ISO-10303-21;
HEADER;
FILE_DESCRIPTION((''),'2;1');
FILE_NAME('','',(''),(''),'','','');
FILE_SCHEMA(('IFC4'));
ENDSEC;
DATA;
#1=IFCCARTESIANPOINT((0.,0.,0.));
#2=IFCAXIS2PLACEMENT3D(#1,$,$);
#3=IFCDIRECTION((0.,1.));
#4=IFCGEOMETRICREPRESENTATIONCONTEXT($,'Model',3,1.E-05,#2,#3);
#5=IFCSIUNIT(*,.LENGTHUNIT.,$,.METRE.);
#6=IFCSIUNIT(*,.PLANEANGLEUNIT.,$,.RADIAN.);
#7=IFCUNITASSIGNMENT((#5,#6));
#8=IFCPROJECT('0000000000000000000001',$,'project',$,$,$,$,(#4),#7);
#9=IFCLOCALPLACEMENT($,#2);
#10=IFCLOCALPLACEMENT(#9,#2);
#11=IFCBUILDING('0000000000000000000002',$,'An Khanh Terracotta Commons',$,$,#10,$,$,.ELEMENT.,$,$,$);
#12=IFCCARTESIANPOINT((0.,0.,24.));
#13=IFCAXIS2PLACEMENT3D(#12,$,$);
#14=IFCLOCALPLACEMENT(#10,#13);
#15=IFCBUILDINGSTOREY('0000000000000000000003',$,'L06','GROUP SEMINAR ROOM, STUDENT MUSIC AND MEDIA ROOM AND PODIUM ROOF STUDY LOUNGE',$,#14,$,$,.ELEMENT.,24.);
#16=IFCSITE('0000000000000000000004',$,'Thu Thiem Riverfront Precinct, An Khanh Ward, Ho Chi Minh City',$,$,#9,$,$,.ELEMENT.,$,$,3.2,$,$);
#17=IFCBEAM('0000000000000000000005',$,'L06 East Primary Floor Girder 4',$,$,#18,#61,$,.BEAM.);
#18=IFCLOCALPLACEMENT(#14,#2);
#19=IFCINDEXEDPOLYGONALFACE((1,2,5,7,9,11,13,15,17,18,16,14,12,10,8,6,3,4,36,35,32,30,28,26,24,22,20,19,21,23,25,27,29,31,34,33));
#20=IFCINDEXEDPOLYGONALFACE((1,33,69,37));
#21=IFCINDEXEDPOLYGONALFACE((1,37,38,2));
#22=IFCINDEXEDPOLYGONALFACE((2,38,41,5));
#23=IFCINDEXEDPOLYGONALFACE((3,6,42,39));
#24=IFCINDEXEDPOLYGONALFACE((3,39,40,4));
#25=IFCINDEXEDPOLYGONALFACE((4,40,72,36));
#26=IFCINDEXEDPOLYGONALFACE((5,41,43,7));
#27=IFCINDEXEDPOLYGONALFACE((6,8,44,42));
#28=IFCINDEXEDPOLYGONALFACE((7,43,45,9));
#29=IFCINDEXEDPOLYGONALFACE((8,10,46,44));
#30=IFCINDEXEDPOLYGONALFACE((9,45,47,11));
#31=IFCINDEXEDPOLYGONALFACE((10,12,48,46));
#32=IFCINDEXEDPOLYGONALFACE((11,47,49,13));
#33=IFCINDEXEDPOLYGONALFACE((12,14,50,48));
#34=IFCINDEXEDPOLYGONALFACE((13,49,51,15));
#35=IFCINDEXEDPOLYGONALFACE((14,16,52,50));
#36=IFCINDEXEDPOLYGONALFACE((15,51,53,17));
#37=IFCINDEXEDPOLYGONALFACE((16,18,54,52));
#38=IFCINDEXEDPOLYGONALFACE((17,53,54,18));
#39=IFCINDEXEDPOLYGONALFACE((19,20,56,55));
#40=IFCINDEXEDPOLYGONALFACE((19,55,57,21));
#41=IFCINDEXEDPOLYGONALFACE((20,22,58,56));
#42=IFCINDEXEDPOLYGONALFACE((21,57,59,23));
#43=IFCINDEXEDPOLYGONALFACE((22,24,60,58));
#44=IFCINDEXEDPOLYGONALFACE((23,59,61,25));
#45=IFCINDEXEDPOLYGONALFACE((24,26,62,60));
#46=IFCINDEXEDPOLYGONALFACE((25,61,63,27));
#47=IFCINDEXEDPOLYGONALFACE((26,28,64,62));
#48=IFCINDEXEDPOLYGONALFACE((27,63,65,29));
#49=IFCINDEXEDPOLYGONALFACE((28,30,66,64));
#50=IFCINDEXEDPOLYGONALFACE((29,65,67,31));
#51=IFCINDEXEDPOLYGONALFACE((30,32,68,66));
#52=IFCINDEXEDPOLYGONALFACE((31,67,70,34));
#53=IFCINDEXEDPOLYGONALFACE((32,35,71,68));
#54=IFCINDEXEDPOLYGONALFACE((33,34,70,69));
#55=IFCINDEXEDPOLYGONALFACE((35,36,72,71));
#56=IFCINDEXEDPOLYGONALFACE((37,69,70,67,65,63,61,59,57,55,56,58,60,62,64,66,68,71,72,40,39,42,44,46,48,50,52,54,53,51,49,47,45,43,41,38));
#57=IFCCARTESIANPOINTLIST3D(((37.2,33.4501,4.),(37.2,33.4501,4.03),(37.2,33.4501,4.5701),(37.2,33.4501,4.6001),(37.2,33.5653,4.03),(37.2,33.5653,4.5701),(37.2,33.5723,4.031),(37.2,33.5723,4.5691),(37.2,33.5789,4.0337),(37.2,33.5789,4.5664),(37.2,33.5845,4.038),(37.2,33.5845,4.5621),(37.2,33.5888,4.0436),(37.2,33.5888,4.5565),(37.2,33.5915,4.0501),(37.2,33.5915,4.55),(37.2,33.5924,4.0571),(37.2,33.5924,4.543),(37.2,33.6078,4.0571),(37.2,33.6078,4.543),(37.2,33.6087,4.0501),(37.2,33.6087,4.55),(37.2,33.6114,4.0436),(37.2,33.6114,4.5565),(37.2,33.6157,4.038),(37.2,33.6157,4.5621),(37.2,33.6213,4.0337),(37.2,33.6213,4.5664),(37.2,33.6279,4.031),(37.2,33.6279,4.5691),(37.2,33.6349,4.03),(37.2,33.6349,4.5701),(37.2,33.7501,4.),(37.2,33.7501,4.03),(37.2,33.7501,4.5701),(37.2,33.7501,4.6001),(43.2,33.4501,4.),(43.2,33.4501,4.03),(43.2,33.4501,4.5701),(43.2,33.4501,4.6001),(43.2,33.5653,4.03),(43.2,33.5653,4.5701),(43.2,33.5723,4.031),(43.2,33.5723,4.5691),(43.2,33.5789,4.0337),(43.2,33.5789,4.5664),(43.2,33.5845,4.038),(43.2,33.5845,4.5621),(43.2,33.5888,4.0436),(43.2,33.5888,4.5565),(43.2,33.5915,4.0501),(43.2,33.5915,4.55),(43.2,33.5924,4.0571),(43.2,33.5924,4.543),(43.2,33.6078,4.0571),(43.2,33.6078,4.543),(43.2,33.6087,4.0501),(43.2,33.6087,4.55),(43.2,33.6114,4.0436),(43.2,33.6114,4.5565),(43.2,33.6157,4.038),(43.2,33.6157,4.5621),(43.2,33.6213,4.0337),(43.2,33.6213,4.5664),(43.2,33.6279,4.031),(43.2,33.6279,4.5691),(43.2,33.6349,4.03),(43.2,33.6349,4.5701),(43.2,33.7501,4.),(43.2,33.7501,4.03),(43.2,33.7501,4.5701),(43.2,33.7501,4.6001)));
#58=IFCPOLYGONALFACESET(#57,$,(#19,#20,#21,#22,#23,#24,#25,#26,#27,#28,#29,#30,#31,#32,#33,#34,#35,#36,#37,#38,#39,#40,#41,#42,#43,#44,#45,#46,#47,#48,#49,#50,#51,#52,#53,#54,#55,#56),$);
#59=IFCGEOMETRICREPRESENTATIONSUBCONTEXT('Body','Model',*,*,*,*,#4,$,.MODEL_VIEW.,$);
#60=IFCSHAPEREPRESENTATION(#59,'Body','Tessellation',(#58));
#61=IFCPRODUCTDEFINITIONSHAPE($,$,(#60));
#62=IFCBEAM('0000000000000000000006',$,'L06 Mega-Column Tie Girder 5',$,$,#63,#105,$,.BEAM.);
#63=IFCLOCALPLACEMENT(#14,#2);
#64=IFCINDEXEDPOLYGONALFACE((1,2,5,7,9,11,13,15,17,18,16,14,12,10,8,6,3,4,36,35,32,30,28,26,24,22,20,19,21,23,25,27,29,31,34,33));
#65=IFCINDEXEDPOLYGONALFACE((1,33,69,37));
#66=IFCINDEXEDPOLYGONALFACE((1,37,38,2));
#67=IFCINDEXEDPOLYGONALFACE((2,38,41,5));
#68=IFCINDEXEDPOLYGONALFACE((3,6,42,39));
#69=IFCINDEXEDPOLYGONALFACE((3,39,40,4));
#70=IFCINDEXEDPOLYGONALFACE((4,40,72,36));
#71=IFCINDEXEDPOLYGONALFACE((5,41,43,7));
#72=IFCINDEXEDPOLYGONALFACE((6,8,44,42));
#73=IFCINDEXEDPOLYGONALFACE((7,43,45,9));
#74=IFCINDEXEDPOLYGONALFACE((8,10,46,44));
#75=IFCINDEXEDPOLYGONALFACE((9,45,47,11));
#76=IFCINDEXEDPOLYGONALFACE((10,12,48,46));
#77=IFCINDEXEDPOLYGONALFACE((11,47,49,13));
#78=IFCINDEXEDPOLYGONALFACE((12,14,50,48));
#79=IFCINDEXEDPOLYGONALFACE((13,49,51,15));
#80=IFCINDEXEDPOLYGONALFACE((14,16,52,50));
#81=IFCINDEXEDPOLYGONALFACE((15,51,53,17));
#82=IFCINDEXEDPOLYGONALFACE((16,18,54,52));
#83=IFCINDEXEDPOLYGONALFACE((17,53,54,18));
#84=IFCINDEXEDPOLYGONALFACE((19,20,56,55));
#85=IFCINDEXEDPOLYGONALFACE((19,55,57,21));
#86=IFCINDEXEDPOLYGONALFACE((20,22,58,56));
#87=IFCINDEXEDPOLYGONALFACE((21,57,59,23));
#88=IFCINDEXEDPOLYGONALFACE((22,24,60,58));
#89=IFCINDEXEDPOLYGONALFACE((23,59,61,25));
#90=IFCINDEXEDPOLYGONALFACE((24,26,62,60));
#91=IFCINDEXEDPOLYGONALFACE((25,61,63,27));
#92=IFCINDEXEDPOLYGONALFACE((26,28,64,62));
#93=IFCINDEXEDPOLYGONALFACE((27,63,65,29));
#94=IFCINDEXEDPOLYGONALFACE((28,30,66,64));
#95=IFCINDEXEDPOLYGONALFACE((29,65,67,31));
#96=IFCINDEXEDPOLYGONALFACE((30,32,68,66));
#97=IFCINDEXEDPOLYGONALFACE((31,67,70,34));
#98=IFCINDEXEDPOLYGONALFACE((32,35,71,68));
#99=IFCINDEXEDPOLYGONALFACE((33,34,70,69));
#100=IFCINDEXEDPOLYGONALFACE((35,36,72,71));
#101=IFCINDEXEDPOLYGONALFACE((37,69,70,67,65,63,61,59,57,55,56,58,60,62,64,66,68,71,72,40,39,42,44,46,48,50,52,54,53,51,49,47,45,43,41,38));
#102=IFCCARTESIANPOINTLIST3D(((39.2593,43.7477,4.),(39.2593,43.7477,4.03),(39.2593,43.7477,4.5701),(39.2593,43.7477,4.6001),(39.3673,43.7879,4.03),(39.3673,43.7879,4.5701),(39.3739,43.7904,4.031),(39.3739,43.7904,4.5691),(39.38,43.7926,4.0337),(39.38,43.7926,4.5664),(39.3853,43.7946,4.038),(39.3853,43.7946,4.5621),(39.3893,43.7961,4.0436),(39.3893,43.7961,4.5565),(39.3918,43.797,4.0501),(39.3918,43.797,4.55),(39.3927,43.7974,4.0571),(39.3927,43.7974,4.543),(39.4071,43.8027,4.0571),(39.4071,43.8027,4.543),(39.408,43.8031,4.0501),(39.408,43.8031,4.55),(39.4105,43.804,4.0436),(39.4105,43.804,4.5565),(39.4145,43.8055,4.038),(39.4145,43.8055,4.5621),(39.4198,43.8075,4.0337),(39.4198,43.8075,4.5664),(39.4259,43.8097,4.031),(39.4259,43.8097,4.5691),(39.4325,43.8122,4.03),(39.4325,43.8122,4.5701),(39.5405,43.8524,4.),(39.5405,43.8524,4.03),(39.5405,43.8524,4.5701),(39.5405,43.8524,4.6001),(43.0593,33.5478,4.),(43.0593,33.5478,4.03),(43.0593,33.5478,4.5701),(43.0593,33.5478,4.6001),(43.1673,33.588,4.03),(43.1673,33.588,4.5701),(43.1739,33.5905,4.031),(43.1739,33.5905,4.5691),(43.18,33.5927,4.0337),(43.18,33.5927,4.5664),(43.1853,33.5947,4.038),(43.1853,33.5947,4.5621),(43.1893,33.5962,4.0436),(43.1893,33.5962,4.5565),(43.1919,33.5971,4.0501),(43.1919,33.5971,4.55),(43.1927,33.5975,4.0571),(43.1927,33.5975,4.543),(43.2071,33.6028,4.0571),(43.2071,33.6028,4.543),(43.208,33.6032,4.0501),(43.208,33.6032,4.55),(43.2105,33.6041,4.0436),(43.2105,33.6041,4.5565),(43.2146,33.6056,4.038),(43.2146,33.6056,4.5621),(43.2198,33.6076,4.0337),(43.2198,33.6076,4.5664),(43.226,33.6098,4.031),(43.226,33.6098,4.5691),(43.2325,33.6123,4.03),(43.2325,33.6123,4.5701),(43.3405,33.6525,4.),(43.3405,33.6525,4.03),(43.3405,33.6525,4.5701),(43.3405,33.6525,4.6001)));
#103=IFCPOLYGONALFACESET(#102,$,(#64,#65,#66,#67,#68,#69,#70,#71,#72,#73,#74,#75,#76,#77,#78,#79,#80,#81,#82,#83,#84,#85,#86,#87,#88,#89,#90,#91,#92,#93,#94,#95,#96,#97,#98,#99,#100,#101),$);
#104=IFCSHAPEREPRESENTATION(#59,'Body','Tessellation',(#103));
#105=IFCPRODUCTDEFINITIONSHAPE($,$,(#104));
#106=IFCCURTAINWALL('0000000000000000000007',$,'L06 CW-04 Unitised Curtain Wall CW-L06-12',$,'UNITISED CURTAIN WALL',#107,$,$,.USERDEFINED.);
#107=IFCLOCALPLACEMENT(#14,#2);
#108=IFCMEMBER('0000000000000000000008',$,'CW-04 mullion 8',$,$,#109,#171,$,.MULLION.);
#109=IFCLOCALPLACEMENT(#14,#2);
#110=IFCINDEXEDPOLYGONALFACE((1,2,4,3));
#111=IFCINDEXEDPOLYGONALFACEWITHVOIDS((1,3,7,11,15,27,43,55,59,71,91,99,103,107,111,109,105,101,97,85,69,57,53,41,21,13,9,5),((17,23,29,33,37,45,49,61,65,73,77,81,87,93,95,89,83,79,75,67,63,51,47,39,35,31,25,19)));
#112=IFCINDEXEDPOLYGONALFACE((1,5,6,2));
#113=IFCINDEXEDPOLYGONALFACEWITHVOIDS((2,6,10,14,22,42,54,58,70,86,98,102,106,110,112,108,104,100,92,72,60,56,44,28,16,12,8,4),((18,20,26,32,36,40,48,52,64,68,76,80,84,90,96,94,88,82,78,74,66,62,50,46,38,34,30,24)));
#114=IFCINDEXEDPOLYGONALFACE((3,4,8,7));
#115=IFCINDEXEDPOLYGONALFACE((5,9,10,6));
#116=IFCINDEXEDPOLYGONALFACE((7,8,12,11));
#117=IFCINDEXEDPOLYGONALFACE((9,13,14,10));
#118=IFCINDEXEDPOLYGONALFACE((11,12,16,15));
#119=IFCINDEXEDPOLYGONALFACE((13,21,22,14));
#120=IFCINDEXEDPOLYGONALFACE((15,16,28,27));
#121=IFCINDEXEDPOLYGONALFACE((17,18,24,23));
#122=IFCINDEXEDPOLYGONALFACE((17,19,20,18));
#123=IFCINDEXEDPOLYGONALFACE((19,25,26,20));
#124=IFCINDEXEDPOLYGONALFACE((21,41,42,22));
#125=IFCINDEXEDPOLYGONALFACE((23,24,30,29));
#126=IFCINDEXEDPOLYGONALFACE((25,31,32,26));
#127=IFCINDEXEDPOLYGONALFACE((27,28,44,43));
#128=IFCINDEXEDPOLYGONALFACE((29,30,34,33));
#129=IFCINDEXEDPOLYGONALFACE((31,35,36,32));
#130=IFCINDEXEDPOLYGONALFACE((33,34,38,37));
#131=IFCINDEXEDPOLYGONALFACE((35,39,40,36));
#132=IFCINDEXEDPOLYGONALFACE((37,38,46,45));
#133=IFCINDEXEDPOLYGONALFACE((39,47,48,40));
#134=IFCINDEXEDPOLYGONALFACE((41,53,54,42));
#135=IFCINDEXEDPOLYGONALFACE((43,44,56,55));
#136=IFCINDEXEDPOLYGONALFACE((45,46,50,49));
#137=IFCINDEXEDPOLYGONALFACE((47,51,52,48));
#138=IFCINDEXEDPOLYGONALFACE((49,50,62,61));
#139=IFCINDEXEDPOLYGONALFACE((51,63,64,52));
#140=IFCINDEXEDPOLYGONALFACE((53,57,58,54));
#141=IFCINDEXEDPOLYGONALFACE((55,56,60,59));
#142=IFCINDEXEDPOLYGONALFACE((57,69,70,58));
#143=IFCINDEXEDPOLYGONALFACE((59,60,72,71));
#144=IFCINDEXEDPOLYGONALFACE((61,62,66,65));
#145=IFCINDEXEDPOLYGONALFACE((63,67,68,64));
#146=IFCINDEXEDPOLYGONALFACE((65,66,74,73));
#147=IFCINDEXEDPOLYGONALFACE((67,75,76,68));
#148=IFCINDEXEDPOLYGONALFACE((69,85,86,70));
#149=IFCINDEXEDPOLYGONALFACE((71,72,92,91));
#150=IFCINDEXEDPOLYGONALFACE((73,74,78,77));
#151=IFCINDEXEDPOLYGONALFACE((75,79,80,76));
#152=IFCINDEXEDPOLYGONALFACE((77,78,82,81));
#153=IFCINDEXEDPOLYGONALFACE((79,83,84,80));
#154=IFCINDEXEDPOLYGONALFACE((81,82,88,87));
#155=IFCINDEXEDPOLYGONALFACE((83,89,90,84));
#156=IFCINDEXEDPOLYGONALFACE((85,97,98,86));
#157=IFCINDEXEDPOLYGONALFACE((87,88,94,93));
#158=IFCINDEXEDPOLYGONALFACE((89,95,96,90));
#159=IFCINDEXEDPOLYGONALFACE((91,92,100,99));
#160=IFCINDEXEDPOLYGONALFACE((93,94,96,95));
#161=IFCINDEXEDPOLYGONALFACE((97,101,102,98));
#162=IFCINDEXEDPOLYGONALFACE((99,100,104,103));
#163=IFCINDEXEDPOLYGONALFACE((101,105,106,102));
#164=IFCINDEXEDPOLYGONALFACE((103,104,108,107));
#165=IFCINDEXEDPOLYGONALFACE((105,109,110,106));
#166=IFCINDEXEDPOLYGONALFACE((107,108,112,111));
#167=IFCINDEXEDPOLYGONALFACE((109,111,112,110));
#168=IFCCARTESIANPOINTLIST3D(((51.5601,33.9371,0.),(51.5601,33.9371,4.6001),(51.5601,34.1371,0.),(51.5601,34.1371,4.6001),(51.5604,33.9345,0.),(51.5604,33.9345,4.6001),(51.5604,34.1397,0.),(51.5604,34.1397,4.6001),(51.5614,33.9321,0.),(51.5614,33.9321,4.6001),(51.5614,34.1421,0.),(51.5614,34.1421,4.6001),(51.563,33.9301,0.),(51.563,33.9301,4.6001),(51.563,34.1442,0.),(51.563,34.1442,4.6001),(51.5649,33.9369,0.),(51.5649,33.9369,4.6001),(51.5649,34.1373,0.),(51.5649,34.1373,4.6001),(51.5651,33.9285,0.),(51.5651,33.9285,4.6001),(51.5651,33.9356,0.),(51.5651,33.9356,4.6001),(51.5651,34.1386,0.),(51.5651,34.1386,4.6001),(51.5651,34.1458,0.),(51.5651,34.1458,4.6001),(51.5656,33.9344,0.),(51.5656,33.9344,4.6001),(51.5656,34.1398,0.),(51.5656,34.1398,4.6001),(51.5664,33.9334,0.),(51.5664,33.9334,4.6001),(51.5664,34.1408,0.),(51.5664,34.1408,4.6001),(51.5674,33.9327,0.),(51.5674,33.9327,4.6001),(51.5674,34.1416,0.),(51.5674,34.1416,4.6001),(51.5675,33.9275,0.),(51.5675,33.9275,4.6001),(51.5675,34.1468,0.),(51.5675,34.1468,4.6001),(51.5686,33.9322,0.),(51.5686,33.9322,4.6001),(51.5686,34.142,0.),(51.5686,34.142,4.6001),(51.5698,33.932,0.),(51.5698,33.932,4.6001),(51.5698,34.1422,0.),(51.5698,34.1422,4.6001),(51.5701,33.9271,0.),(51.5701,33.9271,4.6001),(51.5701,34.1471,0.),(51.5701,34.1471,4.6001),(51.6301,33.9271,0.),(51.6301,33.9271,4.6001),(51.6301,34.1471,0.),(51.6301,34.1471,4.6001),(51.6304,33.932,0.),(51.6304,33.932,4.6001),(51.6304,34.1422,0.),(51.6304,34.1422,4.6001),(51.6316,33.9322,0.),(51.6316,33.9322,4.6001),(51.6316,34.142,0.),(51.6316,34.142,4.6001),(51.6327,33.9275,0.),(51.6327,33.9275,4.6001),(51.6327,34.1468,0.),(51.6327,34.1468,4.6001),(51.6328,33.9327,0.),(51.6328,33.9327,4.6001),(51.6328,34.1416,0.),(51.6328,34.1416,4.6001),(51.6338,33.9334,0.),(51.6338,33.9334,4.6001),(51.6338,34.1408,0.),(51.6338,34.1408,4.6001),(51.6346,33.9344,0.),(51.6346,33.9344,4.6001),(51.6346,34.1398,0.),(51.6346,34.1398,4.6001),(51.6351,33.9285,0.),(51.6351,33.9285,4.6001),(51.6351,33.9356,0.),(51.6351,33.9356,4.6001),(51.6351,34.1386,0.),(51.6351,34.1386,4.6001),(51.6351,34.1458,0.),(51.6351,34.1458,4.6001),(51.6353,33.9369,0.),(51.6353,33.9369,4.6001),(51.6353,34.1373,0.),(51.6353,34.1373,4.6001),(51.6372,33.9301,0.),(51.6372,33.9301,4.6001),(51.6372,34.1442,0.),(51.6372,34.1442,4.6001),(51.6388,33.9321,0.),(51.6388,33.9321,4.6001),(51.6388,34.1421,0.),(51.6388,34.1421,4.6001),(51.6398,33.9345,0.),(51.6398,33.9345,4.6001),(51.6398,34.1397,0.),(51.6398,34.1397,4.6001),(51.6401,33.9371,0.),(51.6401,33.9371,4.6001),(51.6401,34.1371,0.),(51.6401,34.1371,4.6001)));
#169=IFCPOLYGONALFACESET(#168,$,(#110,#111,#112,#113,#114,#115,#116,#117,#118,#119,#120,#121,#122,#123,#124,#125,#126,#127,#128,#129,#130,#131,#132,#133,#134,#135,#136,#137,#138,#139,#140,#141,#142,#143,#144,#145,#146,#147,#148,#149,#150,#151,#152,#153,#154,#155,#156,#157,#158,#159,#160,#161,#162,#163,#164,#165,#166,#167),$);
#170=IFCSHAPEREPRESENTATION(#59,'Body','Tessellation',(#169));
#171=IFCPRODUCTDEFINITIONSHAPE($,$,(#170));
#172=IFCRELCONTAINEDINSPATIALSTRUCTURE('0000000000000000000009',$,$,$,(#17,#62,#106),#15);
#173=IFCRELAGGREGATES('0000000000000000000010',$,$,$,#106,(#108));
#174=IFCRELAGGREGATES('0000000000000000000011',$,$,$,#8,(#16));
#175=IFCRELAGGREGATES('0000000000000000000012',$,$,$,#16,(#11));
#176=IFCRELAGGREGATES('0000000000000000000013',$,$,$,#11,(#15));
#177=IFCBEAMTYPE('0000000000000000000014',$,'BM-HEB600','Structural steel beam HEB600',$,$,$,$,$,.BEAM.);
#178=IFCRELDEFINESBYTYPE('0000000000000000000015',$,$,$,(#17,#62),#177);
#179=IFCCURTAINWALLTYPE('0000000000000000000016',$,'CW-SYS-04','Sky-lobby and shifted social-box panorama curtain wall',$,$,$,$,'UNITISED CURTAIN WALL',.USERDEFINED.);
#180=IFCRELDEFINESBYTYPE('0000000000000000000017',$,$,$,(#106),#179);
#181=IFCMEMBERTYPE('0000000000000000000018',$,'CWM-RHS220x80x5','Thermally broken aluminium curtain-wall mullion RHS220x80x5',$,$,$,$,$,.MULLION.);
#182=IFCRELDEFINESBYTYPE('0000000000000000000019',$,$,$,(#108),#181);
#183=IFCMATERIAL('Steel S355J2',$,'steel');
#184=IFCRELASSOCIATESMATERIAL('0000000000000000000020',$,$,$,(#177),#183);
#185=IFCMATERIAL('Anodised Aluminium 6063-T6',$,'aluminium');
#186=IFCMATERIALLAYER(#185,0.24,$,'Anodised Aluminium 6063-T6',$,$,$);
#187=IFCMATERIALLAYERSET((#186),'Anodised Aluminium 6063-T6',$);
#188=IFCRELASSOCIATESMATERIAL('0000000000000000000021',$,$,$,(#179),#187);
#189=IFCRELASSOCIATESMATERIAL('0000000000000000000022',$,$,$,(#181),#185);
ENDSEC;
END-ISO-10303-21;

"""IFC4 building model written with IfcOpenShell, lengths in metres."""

from ifc_helpers import new_model, si_unit, direction, frame, origin, origin_2d, place, context, subcontext, project, spatial, hollow_rectangle, i_section, extrude, material, layer, layer_set, material_profile, profile_set, type_object, element, aggregate, save


model = new_model("IFC4")

# Units and contexts
model_context = context("Model", 3, precision=1e-05, world=origin(), true_north=direction((0.0, 1.0)))
body_context = subcontext(model_context, "Body", "Model", "MODEL_VIEW")
ifc_project = project(units=[si_unit("LENGTHUNIT", "METRE"), si_unit("PLANEANGLEUNIT", "RADIAN")], contexts=[model_context])

# Site, building, storey
site_placement = place(None, origin())
site = spatial("IfcSite", under=ifc_project, at=site_placement, Name="Thu Thiem Riverfront Precinct, An Khanh Ward, Ho Chi Minh City", CompositionType="ELEMENT", RefElevation=3.2)
building_placement = place(site_placement, origin())
building = spatial("IfcBuilding", under=site, at=building_placement, Name="An Khanh Terracotta Commons", CompositionType="ELEMENT")
storey_placement = place(building_placement, frame((0.0, 0.0, 24.0)))
storey = spatial("IfcBuildingStorey", under=building, at=storey_placement, Name="L06", Description="GROUP SEMINAR ROOM, STUDENT MUSIC AND MEDIA ROOM AND PODIUM ROOF STUDY LOUNGE", CompositionType="ELEMENT", Elevation=24.0)

# Beams
ifc_material_1 = material(Name="Steel S355J2", Category="steel")
ifc_material_profile_1 = material_profile(ifc_material_1, i_section(OverallWidth=0.3, OverallDepth=0.6001, WebThickness=0.0154, FlangeThickness=0.03, FilletRadius=0.0271, at=origin_2d()), Name="HEB600")
ifc_profile_set_1 = profile_set([ifc_material_profile_1], Name="Steel S355J2")
beam_type_1 = type_object("IfcBeamType", Name="BM-HEB600", Description="Structural steel beam HEB600", PredefinedType="BEAM", material=ifc_profile_set_1)
beam_1_placement = place(storey_placement, frame((37.2, 33.6001, 4.3), z_axis=(1.0, 0.0, 0.0), x_axis=(0.0, 1.0, 0.0)))
element("IfcBeam", 1, at=beam_1_placement, inside=storey, type_object=beam_type_1, Name="L06 East Primary Floor Girder 4", PredefinedType="BEAM", context=body_context, shape_type="SweptSolid", body=[
    extrude(i_section(OverallWidth=0.3, OverallDepth=0.6001, WebThickness=0.0154, FlangeThickness=0.03, FilletRadius=0.0271, at=origin_2d()), origin(), (0.0, 0.0, 1.0), 6.0),
])
beam_2_placement = place(storey_placement, frame((39.3999, 43.8, 4.3), z_axis=(0.349114, -0.93708, 0.0), x_axis=(0.93708, 0.349114, 0.0)))
element("IfcBeam", 2, at=beam_2_placement, inside=storey, type_object=beam_type_1, Name="L06 Mega-Column Tie Girder 5", PredefinedType="BEAM", context=body_context, shape_type="SweptSolid", body=[
    extrude(i_section(OverallWidth=0.3, OverallDepth=0.6001, WebThickness=0.0154, FlangeThickness=0.03, FilletRadius=0.0271, at=origin_2d()), origin(), (0.0, 0.0, 1.0), 10.8848),
])

# Curtain wall, member
ifc_material_2 = material(Name="Anodised Aluminium 6063-T6", Category="aluminium")
ifc_layer_1 = layer(ifc_material_2, 0.24, Name="Anodised Aluminium 6063-T6")
ifc_layer_set_1 = layer_set([ifc_layer_1], Name="Anodised Aluminium 6063-T6")
curtain_wall_type = type_object("IfcCurtainWallType", Name="CW-SYS-04", Description="Sky-lobby and shifted social-box panorama curtain wall", ElementType="UNITISED CURTAIN WALL", PredefinedType="USERDEFINED", material=ifc_layer_set_1)
curtain_wall_1_placement = place(storey_placement, origin())
curtain_wall_1 = element("IfcCurtainWall", 3, at=curtain_wall_1_placement, inside=storey, type_object=curtain_wall_type, Name="L06 CW-04 Unitised Curtain Wall CW-L06-12", ObjectType="UNITISED CURTAIN WALL", PredefinedType="USERDEFINED")
ifc_material_profile_2 = material_profile(ifc_material_2, hollow_rectangle(XDim=0.0801, YDim=0.22, WallThickness=0.0049, InnerFilletRadius=0.0049, OuterFilletRadius=0.01, at=origin_2d()), Name="RHS220x80x5")
ifc_profile_set_2 = profile_set([ifc_material_profile_2], Name="Anodised Aluminium 6063-T6")
member_type_1 = type_object("IfcMemberType", Name="CWM-RHS220x80x5", Description="Thermally broken aluminium curtain-wall mullion RHS220x80x5", PredefinedType="MULLION", material=ifc_profile_set_2)
member_1_placement = place(storey_placement, frame((51.6001, 34.0371, 0.0), z_axis=(0.0, 0.0, 1.0), x_axis=(-1.0, 0.0, 0.0)))
member_1 = element("IfcMember", 4, at=member_1_placement, type_object=member_type_1, Name="CW-04 mullion 8", PredefinedType="MULLION", context=body_context, shape_type="SweptSolid", body=[
    extrude(hollow_rectangle(XDim=0.0801, YDim=0.22, WallThickness=0.0049, InnerFilletRadius=0.0049, OuterFilletRadius=0.01, at=origin_2d()), origin(), (0.0, 0.0, 1.0), 4.6001),
])
aggregate(curtain_wall_1, [member_1])

save(model, "model.ifc")
